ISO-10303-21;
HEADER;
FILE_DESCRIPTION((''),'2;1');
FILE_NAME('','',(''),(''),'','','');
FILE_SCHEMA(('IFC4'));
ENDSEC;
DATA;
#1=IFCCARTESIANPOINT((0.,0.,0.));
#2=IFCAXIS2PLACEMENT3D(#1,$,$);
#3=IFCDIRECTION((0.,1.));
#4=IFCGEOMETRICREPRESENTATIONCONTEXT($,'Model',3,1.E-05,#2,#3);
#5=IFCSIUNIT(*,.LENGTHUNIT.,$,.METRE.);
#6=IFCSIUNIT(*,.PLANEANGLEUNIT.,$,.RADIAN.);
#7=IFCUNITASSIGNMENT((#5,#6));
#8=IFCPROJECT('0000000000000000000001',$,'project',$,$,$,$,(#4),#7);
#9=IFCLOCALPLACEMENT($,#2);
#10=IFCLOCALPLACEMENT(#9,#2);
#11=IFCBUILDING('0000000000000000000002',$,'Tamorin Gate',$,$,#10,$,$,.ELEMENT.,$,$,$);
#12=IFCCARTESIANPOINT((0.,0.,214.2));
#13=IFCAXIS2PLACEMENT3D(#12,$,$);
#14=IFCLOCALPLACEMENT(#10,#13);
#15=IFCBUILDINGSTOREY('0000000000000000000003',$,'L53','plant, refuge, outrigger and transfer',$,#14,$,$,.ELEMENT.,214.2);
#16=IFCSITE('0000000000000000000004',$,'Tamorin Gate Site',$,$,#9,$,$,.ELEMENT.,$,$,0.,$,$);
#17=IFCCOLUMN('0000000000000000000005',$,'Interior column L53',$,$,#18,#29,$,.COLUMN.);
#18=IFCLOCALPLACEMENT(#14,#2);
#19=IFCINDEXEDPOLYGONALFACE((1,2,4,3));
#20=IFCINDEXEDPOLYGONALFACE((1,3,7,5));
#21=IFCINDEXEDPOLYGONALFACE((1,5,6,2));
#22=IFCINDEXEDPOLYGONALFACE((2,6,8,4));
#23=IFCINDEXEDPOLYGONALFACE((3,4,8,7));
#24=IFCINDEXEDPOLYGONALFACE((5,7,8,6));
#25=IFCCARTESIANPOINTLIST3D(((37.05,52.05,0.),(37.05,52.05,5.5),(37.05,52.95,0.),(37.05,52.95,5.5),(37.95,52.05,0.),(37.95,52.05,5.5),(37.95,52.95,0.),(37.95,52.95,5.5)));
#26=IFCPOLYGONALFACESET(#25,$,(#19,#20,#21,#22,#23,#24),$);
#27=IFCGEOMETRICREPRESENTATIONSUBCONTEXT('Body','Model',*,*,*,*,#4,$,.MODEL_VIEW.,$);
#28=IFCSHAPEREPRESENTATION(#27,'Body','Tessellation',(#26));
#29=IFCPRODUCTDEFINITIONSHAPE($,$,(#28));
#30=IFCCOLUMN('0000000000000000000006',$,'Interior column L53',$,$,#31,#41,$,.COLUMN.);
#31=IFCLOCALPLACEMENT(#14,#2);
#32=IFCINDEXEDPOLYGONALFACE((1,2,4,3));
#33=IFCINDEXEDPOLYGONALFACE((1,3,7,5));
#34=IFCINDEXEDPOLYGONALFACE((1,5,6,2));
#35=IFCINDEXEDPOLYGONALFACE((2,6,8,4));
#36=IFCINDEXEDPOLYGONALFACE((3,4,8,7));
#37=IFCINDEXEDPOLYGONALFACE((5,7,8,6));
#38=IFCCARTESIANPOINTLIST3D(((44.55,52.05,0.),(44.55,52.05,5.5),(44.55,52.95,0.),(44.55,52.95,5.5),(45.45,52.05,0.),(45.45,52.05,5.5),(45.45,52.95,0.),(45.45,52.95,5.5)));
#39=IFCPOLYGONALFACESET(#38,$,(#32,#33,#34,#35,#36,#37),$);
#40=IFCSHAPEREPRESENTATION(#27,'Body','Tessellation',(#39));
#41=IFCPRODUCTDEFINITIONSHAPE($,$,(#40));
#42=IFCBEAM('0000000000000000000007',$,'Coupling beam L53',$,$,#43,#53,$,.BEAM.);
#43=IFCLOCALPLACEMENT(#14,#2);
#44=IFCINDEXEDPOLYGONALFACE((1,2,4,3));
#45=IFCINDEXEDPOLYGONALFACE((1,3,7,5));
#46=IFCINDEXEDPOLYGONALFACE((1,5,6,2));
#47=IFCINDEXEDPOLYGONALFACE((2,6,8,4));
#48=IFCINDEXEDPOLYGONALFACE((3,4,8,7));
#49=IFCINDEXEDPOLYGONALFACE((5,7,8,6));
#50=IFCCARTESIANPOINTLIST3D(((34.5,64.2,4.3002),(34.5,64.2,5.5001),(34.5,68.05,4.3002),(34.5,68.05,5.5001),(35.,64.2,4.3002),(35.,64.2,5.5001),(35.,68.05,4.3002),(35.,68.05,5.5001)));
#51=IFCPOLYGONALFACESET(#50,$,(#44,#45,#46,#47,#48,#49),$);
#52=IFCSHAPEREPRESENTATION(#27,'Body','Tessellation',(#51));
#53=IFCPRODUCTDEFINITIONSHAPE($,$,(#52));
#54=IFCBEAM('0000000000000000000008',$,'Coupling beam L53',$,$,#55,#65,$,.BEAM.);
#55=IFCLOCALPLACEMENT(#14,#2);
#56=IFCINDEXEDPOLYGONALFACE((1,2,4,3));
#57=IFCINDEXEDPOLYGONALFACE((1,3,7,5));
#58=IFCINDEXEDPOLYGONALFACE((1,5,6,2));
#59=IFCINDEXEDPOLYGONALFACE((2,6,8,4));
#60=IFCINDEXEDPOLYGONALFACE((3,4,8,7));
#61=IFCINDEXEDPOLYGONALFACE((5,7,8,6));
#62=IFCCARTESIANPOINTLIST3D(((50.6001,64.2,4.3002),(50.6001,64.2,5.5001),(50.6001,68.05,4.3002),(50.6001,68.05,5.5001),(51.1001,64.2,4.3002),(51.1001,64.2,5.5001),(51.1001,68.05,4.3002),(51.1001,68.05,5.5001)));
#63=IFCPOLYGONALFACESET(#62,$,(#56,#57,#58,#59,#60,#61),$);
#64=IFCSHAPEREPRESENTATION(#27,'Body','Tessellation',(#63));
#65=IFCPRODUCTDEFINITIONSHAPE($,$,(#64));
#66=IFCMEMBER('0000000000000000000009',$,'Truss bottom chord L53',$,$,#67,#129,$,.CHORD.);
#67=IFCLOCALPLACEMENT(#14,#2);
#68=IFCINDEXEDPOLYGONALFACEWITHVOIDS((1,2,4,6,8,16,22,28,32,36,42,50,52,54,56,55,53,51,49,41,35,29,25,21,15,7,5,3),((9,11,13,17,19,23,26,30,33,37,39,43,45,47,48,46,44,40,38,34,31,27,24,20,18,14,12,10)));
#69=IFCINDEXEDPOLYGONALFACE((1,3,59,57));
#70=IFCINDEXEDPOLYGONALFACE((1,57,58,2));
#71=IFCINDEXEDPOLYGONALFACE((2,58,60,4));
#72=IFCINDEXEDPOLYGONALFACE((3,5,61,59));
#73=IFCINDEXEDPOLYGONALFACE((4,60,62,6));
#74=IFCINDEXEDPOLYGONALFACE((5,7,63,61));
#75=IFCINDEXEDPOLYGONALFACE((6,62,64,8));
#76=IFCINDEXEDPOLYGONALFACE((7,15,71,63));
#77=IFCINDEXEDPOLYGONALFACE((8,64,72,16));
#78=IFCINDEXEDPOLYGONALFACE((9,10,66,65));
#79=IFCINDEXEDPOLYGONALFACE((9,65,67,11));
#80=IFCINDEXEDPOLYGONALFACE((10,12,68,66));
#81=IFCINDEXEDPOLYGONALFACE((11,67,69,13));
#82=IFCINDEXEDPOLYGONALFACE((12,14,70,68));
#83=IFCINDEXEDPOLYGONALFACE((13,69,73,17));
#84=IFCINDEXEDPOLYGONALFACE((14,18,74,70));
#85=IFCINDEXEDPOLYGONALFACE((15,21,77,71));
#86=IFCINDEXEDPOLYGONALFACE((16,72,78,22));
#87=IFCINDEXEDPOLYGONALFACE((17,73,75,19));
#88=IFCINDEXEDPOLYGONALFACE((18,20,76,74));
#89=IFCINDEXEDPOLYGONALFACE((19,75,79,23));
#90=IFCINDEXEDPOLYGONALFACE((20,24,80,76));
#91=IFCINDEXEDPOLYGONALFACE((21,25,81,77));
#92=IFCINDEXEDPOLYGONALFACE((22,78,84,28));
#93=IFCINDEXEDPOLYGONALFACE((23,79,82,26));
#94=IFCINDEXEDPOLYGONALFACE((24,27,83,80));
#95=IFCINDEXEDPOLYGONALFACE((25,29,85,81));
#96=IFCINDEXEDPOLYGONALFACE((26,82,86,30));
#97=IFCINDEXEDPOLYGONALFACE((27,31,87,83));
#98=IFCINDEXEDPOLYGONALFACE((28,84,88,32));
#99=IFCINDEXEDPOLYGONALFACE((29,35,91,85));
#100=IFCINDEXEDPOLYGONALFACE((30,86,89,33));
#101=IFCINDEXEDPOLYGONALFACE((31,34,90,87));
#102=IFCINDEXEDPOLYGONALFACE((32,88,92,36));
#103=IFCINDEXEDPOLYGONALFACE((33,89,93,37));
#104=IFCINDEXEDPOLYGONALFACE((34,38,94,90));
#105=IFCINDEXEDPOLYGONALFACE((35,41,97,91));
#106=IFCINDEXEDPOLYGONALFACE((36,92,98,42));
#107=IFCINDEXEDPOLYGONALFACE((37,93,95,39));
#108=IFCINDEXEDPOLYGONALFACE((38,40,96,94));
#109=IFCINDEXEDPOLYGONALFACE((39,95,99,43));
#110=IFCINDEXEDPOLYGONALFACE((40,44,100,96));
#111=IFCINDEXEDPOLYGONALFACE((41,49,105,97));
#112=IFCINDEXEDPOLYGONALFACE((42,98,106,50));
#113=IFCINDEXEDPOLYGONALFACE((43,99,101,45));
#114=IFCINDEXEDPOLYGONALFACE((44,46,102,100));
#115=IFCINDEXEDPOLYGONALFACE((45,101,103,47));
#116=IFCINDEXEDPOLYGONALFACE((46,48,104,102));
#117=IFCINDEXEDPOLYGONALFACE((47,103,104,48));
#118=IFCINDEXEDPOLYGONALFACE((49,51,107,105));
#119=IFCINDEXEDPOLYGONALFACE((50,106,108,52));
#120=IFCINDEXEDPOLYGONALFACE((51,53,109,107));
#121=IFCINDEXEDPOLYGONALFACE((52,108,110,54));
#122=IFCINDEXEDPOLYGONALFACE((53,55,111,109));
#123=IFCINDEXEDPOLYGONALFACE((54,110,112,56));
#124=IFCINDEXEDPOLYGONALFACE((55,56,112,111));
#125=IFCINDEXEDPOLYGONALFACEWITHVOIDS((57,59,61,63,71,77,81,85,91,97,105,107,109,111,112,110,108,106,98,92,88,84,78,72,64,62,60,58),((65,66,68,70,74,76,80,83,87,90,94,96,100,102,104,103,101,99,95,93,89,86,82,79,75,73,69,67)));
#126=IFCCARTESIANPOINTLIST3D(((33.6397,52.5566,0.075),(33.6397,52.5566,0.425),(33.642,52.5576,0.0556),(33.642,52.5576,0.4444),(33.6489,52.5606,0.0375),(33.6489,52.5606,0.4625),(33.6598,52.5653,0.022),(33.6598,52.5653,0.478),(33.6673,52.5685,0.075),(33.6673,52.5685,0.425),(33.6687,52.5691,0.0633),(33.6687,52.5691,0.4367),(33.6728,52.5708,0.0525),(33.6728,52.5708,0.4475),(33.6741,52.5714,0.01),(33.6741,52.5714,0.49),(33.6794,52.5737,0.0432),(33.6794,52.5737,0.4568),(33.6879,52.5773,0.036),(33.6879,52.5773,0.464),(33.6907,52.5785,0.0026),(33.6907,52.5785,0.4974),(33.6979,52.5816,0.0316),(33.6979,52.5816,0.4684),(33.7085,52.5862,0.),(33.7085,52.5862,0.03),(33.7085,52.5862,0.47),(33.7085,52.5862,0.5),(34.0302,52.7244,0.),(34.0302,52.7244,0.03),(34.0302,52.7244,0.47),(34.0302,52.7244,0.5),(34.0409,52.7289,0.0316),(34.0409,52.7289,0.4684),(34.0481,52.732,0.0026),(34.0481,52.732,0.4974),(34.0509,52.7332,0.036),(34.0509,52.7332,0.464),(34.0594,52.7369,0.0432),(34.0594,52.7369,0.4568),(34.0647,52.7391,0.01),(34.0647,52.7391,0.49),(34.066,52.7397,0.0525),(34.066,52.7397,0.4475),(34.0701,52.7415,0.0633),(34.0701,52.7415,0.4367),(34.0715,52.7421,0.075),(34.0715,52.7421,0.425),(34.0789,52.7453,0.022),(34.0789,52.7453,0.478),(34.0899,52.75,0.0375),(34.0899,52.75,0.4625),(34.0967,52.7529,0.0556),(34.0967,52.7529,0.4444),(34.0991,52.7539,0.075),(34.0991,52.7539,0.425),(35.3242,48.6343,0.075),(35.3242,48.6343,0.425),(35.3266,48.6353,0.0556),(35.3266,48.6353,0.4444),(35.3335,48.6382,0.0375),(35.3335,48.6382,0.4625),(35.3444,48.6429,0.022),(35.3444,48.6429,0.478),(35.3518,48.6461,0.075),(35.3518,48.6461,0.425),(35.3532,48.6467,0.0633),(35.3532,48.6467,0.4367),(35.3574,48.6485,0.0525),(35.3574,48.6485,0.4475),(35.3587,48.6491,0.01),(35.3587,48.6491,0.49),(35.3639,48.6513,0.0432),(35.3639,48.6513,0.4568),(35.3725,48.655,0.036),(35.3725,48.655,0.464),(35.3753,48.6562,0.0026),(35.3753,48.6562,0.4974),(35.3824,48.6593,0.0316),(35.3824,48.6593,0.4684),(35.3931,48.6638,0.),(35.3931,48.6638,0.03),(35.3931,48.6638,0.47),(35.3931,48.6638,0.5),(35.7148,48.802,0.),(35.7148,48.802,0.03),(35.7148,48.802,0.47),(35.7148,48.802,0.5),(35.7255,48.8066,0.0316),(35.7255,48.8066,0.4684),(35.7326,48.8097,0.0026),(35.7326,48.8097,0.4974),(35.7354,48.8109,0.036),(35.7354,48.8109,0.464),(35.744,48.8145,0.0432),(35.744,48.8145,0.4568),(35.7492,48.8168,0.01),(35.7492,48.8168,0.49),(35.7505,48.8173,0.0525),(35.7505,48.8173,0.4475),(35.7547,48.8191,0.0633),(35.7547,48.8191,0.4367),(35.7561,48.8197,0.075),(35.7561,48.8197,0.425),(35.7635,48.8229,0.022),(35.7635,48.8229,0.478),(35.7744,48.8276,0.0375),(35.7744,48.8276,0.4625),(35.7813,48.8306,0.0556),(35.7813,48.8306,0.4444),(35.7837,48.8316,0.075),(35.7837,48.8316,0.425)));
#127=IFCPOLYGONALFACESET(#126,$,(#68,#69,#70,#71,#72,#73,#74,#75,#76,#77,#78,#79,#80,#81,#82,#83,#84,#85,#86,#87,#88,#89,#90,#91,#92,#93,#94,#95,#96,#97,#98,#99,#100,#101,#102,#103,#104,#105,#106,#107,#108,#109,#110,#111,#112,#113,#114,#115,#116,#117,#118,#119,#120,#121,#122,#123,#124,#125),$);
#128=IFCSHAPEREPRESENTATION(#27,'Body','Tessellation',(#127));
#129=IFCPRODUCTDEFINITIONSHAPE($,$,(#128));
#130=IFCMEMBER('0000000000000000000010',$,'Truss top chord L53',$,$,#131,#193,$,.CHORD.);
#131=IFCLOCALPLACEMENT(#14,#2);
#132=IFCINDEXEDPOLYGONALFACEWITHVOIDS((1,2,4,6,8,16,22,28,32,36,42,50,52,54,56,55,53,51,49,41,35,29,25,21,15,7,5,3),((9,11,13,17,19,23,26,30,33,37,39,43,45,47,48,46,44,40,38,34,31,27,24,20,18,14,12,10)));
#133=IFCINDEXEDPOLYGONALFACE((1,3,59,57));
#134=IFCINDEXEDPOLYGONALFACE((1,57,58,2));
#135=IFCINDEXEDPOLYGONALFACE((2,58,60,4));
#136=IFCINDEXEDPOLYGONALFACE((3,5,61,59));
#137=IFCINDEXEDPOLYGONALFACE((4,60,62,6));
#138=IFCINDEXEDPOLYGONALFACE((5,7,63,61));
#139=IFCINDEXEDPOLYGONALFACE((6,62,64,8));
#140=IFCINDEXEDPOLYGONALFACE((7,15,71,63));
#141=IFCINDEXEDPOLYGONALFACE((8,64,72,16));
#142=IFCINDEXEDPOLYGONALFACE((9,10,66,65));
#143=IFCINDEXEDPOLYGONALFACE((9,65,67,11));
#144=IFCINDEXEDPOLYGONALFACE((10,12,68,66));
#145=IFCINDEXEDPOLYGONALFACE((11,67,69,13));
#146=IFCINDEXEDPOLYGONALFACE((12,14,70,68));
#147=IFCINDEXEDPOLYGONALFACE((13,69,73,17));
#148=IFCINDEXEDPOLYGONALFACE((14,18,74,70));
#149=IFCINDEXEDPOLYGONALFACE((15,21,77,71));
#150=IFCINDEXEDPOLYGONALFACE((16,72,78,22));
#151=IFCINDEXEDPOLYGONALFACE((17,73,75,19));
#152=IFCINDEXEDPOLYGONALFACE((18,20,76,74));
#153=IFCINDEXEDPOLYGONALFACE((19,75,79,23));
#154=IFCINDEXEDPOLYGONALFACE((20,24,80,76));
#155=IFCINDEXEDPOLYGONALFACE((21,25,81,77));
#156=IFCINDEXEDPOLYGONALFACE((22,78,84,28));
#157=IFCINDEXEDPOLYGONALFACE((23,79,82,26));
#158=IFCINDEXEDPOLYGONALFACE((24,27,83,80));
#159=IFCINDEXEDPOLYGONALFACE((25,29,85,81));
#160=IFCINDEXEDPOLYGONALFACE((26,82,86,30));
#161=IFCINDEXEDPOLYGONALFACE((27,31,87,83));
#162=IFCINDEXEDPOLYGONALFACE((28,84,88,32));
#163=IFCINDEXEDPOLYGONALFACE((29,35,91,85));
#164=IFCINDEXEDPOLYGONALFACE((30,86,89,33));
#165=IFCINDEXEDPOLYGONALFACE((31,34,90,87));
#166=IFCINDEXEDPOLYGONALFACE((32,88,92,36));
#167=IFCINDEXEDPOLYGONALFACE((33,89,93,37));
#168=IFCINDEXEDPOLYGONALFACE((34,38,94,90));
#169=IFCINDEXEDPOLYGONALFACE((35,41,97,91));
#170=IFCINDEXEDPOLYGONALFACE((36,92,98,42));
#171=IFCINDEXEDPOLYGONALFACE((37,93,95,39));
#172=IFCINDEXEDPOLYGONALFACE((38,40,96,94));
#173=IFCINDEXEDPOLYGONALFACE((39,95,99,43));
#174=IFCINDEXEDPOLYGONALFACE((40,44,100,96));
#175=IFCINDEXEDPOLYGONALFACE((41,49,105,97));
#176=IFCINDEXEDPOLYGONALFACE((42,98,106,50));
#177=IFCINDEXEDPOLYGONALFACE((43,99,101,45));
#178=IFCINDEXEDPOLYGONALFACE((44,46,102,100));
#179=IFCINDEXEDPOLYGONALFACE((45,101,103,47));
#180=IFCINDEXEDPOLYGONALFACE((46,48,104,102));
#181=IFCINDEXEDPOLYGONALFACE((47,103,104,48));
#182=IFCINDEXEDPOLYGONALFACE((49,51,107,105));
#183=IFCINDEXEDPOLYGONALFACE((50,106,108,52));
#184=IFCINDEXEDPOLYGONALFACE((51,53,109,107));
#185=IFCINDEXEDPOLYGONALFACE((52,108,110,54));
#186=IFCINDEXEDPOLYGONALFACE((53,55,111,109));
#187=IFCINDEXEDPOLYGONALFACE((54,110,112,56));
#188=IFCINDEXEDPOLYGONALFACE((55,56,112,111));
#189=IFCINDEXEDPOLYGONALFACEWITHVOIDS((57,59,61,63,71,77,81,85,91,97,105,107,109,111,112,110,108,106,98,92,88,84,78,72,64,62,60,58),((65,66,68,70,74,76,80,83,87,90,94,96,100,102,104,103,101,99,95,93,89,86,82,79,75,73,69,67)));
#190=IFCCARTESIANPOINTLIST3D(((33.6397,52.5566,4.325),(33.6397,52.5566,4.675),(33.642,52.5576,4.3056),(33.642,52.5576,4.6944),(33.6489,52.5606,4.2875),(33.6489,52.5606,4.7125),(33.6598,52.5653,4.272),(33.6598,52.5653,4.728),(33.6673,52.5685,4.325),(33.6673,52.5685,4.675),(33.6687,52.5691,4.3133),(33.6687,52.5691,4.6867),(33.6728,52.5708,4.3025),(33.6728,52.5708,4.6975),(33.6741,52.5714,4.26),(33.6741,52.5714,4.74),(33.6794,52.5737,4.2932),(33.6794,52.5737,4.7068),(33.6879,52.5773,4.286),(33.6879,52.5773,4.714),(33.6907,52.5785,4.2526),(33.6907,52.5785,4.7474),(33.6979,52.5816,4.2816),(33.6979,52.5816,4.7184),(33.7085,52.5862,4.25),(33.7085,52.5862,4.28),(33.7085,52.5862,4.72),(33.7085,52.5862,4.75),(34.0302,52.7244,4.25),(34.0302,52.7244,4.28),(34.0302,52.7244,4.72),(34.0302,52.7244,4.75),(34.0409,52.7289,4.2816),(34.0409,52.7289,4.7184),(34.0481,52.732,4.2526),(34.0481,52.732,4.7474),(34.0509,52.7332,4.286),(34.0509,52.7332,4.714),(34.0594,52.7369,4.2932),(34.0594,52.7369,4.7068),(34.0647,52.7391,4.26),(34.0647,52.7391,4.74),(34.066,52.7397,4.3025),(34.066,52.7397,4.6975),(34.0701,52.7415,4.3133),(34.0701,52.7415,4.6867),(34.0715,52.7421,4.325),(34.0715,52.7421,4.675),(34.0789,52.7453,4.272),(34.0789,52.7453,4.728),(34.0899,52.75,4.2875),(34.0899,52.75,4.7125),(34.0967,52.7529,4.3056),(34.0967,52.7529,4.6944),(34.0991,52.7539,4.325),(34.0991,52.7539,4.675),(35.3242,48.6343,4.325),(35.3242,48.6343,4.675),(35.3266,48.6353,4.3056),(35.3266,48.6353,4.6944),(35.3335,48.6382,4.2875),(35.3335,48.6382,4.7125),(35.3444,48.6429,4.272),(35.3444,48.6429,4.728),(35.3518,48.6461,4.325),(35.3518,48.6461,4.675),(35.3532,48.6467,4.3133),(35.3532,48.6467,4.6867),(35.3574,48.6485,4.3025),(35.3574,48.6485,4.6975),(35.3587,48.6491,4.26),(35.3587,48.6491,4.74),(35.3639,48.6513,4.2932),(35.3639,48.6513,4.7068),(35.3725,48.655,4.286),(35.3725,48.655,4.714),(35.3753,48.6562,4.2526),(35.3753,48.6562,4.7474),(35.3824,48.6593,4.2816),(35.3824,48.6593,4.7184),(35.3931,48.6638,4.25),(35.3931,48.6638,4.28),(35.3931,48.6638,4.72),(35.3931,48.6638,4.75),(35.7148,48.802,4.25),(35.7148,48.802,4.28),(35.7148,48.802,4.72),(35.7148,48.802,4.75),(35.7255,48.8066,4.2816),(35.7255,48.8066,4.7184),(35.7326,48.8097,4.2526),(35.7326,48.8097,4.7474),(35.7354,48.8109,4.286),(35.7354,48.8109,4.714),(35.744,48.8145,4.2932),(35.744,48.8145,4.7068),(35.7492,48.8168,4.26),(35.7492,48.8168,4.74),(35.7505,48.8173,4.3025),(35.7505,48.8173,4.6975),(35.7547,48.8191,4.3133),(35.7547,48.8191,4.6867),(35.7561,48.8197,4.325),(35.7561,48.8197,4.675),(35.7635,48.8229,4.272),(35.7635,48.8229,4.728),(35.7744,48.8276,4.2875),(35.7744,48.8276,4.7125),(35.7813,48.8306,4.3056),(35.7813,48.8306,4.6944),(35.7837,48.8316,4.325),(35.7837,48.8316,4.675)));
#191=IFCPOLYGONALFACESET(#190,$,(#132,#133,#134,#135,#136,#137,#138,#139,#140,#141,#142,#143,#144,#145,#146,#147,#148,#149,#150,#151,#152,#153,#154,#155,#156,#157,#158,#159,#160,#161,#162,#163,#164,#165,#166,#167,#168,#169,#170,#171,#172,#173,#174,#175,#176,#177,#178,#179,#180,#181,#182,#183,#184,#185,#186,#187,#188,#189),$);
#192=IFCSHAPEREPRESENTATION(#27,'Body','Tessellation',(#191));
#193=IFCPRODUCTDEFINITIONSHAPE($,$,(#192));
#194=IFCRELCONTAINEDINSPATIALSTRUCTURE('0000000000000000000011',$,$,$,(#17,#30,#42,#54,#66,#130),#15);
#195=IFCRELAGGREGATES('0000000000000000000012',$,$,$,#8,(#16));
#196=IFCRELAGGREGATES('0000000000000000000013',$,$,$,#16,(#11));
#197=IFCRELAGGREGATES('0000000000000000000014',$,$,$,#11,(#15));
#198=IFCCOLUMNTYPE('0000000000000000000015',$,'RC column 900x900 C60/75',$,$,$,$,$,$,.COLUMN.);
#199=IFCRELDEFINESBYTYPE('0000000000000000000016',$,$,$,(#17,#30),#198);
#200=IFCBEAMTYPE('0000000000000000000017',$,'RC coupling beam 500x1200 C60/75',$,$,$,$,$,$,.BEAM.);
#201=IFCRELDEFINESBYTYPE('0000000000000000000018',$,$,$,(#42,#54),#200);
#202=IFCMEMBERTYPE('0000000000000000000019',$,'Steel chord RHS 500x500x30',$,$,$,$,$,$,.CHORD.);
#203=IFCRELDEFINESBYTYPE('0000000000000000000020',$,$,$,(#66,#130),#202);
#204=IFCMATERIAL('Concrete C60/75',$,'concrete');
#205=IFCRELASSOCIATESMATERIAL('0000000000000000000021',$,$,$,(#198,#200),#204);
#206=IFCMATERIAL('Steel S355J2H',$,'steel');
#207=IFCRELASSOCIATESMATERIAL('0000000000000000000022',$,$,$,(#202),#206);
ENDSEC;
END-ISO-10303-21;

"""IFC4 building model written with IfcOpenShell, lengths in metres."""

from ifc_helpers import new_model, si_unit, direction, frame, origin, origin_2d, place, context, subcontext, project, spatial, rectangle, hollow_rectangle, extrude, material, material_profile, profile_set, type_object, element, save


model = new_model("IFC4")

# Units and contexts
model_context = context("Model", 3, precision=1e-05, world=origin(), true_north=direction((0.0, 1.0)))
body_context = subcontext(model_context, "Body", "Model", "MODEL_VIEW")
ifc_project = project(units=[si_unit("LENGTHUNIT", "METRE"), si_unit("PLANEANGLEUNIT", "RADIAN")], contexts=[model_context])

# Site, building, storey
site_placement = place(None, origin())
site = spatial("IfcSite", under=ifc_project, at=site_placement, Name="Tamorin Gate Site", CompositionType="ELEMENT", RefElevation=0.0)
building_placement = place(site_placement, origin())
building = spatial("IfcBuilding", under=site, at=building_placement, Name="Tamorin Gate", CompositionType="ELEMENT")
storey_placement = place(building_placement, frame((0.0, 0.0, 214.2)))
storey = spatial("IfcBuildingStorey", under=building, at=storey_placement, Name="L53", Description="plant, refuge, outrigger and transfer", CompositionType="ELEMENT", Elevation=214.2)

# Columns
ifc_material_1 = material(Name="Concrete C60/75", Category="concrete")
ifc_material_profile_1 = material_profile(ifc_material_1, rectangle(XDim=0.8999, YDim=0.8999, at=origin_2d()), Name="RC 900x900")
ifc_profile_set_1 = profile_set([ifc_material_profile_1], Name="Concrete C60/75")
column_type = type_object("IfcColumnType", Name="RC column 900x900 C60/75", PredefinedType="COLUMN", material=ifc_profile_set_1)
for number, where, z_axis, x_axis, name in (
    (1, (37.5, 52.5, 0.0), (0.0, 0.0, 1.0), (1.0, 0.0, 0.0), "Interior column L53"),
    (2, (45.0, 52.5, 0.0), (0.0, 0.0, 1.0), (1.0, 0.0, 0.0), "Interior column L53"),
):
    element("IfcColumn", number, at=place(storey_placement, frame(where, z_axis=z_axis, x_axis=x_axis)), inside=storey, type_object=column_type, Name=name, PredefinedType="COLUMN", context=body_context, shape_type="SweptSolid", body=[
        extrude(rectangle(XDim=0.8999, YDim=0.8999, at=origin_2d()), origin(), (0.0, 0.0, 1.0), 5.5),
    ])

# Beams
ifc_material_profile_2 = material_profile(ifc_material_1, rectangle(XDim=0.5, YDim=1.2, at=origin_2d()), Name="RC 500x1200")
ifc_profile_set_2 = profile_set([ifc_material_profile_2], Name="Concrete C60/75")
beam_type = type_object("IfcBeamType", Name="RC coupling beam 500x1200 C60/75", PredefinedType="BEAM", material=ifc_profile_set_2)
for number, where, z_axis, x_axis, name in (
    (3, (34.75, 64.2, 4.9001), (0.0, 1.0, 0.0), (-1.0, 0.0, 0.0), "Coupling beam L53"),
    (4, (50.8501, 64.2, 4.9001), (0.0, 1.0, 0.0), (-1.0, 0.0, 0.0), "Coupling beam L53"),
):
    element("IfcBeam", number, at=place(storey_placement, frame(where, z_axis=z_axis, x_axis=x_axis)), inside=storey, type_object=beam_type, Name=name, PredefinedType="BEAM", context=body_context, shape_type="SweptSolid", body=[
        extrude(rectangle(XDim=0.5, YDim=1.2, at=origin_2d()), origin(), (0.0, 0.0, 1.0), 3.8501),
    ])

# Members
ifc_material_2 = material(Name="Steel S355J2H", Category="steel")
ifc_material_profile_3 = material_profile(ifc_material_2, hollow_rectangle(XDim=0.5, YDim=0.5, WallThickness=0.03, InnerFilletRadius=0.0449, OuterFilletRadius=0.075, at=origin_2d()), Name="RHS 500x500x30")
ifc_profile_set_3 = profile_set([ifc_material_profile_3], Name="Steel S355J2H")
member_type_1 = type_object("IfcMemberType", Name="Steel chord RHS 500x500x30", PredefinedType="CHORD", material=ifc_profile_set_3)
for number, where, z_axis, x_axis, name in (
    (5, (33.8694, 52.6553, 0.25), (0.394623, -0.918843, 0.0), (0.918843, 0.394623, 0.0), "Truss bottom chord L53"),
    (6, (33.8694, 52.6553, 4.5), (0.394623, -0.918843, 0.0), (0.918843, 0.394623, 0.0), "Truss top chord L53"),
):
    element("IfcMember", number, at=place(storey_placement, frame(where, z_axis=z_axis, x_axis=x_axis)), inside=storey, type_object=member_type_1, Name=name, PredefinedType="CHORD", context=body_context, shape_type="SweptSolid", body=[
        extrude(hollow_rectangle(XDim=0.5, YDim=0.5, WallThickness=0.03, InnerFilletRadius=0.0449, OuterFilletRadius=0.075, at=origin_2d()), origin(), (0.0, 0.0, 1.0), 4.2688),
    ])

save(model, "model.ifc")
